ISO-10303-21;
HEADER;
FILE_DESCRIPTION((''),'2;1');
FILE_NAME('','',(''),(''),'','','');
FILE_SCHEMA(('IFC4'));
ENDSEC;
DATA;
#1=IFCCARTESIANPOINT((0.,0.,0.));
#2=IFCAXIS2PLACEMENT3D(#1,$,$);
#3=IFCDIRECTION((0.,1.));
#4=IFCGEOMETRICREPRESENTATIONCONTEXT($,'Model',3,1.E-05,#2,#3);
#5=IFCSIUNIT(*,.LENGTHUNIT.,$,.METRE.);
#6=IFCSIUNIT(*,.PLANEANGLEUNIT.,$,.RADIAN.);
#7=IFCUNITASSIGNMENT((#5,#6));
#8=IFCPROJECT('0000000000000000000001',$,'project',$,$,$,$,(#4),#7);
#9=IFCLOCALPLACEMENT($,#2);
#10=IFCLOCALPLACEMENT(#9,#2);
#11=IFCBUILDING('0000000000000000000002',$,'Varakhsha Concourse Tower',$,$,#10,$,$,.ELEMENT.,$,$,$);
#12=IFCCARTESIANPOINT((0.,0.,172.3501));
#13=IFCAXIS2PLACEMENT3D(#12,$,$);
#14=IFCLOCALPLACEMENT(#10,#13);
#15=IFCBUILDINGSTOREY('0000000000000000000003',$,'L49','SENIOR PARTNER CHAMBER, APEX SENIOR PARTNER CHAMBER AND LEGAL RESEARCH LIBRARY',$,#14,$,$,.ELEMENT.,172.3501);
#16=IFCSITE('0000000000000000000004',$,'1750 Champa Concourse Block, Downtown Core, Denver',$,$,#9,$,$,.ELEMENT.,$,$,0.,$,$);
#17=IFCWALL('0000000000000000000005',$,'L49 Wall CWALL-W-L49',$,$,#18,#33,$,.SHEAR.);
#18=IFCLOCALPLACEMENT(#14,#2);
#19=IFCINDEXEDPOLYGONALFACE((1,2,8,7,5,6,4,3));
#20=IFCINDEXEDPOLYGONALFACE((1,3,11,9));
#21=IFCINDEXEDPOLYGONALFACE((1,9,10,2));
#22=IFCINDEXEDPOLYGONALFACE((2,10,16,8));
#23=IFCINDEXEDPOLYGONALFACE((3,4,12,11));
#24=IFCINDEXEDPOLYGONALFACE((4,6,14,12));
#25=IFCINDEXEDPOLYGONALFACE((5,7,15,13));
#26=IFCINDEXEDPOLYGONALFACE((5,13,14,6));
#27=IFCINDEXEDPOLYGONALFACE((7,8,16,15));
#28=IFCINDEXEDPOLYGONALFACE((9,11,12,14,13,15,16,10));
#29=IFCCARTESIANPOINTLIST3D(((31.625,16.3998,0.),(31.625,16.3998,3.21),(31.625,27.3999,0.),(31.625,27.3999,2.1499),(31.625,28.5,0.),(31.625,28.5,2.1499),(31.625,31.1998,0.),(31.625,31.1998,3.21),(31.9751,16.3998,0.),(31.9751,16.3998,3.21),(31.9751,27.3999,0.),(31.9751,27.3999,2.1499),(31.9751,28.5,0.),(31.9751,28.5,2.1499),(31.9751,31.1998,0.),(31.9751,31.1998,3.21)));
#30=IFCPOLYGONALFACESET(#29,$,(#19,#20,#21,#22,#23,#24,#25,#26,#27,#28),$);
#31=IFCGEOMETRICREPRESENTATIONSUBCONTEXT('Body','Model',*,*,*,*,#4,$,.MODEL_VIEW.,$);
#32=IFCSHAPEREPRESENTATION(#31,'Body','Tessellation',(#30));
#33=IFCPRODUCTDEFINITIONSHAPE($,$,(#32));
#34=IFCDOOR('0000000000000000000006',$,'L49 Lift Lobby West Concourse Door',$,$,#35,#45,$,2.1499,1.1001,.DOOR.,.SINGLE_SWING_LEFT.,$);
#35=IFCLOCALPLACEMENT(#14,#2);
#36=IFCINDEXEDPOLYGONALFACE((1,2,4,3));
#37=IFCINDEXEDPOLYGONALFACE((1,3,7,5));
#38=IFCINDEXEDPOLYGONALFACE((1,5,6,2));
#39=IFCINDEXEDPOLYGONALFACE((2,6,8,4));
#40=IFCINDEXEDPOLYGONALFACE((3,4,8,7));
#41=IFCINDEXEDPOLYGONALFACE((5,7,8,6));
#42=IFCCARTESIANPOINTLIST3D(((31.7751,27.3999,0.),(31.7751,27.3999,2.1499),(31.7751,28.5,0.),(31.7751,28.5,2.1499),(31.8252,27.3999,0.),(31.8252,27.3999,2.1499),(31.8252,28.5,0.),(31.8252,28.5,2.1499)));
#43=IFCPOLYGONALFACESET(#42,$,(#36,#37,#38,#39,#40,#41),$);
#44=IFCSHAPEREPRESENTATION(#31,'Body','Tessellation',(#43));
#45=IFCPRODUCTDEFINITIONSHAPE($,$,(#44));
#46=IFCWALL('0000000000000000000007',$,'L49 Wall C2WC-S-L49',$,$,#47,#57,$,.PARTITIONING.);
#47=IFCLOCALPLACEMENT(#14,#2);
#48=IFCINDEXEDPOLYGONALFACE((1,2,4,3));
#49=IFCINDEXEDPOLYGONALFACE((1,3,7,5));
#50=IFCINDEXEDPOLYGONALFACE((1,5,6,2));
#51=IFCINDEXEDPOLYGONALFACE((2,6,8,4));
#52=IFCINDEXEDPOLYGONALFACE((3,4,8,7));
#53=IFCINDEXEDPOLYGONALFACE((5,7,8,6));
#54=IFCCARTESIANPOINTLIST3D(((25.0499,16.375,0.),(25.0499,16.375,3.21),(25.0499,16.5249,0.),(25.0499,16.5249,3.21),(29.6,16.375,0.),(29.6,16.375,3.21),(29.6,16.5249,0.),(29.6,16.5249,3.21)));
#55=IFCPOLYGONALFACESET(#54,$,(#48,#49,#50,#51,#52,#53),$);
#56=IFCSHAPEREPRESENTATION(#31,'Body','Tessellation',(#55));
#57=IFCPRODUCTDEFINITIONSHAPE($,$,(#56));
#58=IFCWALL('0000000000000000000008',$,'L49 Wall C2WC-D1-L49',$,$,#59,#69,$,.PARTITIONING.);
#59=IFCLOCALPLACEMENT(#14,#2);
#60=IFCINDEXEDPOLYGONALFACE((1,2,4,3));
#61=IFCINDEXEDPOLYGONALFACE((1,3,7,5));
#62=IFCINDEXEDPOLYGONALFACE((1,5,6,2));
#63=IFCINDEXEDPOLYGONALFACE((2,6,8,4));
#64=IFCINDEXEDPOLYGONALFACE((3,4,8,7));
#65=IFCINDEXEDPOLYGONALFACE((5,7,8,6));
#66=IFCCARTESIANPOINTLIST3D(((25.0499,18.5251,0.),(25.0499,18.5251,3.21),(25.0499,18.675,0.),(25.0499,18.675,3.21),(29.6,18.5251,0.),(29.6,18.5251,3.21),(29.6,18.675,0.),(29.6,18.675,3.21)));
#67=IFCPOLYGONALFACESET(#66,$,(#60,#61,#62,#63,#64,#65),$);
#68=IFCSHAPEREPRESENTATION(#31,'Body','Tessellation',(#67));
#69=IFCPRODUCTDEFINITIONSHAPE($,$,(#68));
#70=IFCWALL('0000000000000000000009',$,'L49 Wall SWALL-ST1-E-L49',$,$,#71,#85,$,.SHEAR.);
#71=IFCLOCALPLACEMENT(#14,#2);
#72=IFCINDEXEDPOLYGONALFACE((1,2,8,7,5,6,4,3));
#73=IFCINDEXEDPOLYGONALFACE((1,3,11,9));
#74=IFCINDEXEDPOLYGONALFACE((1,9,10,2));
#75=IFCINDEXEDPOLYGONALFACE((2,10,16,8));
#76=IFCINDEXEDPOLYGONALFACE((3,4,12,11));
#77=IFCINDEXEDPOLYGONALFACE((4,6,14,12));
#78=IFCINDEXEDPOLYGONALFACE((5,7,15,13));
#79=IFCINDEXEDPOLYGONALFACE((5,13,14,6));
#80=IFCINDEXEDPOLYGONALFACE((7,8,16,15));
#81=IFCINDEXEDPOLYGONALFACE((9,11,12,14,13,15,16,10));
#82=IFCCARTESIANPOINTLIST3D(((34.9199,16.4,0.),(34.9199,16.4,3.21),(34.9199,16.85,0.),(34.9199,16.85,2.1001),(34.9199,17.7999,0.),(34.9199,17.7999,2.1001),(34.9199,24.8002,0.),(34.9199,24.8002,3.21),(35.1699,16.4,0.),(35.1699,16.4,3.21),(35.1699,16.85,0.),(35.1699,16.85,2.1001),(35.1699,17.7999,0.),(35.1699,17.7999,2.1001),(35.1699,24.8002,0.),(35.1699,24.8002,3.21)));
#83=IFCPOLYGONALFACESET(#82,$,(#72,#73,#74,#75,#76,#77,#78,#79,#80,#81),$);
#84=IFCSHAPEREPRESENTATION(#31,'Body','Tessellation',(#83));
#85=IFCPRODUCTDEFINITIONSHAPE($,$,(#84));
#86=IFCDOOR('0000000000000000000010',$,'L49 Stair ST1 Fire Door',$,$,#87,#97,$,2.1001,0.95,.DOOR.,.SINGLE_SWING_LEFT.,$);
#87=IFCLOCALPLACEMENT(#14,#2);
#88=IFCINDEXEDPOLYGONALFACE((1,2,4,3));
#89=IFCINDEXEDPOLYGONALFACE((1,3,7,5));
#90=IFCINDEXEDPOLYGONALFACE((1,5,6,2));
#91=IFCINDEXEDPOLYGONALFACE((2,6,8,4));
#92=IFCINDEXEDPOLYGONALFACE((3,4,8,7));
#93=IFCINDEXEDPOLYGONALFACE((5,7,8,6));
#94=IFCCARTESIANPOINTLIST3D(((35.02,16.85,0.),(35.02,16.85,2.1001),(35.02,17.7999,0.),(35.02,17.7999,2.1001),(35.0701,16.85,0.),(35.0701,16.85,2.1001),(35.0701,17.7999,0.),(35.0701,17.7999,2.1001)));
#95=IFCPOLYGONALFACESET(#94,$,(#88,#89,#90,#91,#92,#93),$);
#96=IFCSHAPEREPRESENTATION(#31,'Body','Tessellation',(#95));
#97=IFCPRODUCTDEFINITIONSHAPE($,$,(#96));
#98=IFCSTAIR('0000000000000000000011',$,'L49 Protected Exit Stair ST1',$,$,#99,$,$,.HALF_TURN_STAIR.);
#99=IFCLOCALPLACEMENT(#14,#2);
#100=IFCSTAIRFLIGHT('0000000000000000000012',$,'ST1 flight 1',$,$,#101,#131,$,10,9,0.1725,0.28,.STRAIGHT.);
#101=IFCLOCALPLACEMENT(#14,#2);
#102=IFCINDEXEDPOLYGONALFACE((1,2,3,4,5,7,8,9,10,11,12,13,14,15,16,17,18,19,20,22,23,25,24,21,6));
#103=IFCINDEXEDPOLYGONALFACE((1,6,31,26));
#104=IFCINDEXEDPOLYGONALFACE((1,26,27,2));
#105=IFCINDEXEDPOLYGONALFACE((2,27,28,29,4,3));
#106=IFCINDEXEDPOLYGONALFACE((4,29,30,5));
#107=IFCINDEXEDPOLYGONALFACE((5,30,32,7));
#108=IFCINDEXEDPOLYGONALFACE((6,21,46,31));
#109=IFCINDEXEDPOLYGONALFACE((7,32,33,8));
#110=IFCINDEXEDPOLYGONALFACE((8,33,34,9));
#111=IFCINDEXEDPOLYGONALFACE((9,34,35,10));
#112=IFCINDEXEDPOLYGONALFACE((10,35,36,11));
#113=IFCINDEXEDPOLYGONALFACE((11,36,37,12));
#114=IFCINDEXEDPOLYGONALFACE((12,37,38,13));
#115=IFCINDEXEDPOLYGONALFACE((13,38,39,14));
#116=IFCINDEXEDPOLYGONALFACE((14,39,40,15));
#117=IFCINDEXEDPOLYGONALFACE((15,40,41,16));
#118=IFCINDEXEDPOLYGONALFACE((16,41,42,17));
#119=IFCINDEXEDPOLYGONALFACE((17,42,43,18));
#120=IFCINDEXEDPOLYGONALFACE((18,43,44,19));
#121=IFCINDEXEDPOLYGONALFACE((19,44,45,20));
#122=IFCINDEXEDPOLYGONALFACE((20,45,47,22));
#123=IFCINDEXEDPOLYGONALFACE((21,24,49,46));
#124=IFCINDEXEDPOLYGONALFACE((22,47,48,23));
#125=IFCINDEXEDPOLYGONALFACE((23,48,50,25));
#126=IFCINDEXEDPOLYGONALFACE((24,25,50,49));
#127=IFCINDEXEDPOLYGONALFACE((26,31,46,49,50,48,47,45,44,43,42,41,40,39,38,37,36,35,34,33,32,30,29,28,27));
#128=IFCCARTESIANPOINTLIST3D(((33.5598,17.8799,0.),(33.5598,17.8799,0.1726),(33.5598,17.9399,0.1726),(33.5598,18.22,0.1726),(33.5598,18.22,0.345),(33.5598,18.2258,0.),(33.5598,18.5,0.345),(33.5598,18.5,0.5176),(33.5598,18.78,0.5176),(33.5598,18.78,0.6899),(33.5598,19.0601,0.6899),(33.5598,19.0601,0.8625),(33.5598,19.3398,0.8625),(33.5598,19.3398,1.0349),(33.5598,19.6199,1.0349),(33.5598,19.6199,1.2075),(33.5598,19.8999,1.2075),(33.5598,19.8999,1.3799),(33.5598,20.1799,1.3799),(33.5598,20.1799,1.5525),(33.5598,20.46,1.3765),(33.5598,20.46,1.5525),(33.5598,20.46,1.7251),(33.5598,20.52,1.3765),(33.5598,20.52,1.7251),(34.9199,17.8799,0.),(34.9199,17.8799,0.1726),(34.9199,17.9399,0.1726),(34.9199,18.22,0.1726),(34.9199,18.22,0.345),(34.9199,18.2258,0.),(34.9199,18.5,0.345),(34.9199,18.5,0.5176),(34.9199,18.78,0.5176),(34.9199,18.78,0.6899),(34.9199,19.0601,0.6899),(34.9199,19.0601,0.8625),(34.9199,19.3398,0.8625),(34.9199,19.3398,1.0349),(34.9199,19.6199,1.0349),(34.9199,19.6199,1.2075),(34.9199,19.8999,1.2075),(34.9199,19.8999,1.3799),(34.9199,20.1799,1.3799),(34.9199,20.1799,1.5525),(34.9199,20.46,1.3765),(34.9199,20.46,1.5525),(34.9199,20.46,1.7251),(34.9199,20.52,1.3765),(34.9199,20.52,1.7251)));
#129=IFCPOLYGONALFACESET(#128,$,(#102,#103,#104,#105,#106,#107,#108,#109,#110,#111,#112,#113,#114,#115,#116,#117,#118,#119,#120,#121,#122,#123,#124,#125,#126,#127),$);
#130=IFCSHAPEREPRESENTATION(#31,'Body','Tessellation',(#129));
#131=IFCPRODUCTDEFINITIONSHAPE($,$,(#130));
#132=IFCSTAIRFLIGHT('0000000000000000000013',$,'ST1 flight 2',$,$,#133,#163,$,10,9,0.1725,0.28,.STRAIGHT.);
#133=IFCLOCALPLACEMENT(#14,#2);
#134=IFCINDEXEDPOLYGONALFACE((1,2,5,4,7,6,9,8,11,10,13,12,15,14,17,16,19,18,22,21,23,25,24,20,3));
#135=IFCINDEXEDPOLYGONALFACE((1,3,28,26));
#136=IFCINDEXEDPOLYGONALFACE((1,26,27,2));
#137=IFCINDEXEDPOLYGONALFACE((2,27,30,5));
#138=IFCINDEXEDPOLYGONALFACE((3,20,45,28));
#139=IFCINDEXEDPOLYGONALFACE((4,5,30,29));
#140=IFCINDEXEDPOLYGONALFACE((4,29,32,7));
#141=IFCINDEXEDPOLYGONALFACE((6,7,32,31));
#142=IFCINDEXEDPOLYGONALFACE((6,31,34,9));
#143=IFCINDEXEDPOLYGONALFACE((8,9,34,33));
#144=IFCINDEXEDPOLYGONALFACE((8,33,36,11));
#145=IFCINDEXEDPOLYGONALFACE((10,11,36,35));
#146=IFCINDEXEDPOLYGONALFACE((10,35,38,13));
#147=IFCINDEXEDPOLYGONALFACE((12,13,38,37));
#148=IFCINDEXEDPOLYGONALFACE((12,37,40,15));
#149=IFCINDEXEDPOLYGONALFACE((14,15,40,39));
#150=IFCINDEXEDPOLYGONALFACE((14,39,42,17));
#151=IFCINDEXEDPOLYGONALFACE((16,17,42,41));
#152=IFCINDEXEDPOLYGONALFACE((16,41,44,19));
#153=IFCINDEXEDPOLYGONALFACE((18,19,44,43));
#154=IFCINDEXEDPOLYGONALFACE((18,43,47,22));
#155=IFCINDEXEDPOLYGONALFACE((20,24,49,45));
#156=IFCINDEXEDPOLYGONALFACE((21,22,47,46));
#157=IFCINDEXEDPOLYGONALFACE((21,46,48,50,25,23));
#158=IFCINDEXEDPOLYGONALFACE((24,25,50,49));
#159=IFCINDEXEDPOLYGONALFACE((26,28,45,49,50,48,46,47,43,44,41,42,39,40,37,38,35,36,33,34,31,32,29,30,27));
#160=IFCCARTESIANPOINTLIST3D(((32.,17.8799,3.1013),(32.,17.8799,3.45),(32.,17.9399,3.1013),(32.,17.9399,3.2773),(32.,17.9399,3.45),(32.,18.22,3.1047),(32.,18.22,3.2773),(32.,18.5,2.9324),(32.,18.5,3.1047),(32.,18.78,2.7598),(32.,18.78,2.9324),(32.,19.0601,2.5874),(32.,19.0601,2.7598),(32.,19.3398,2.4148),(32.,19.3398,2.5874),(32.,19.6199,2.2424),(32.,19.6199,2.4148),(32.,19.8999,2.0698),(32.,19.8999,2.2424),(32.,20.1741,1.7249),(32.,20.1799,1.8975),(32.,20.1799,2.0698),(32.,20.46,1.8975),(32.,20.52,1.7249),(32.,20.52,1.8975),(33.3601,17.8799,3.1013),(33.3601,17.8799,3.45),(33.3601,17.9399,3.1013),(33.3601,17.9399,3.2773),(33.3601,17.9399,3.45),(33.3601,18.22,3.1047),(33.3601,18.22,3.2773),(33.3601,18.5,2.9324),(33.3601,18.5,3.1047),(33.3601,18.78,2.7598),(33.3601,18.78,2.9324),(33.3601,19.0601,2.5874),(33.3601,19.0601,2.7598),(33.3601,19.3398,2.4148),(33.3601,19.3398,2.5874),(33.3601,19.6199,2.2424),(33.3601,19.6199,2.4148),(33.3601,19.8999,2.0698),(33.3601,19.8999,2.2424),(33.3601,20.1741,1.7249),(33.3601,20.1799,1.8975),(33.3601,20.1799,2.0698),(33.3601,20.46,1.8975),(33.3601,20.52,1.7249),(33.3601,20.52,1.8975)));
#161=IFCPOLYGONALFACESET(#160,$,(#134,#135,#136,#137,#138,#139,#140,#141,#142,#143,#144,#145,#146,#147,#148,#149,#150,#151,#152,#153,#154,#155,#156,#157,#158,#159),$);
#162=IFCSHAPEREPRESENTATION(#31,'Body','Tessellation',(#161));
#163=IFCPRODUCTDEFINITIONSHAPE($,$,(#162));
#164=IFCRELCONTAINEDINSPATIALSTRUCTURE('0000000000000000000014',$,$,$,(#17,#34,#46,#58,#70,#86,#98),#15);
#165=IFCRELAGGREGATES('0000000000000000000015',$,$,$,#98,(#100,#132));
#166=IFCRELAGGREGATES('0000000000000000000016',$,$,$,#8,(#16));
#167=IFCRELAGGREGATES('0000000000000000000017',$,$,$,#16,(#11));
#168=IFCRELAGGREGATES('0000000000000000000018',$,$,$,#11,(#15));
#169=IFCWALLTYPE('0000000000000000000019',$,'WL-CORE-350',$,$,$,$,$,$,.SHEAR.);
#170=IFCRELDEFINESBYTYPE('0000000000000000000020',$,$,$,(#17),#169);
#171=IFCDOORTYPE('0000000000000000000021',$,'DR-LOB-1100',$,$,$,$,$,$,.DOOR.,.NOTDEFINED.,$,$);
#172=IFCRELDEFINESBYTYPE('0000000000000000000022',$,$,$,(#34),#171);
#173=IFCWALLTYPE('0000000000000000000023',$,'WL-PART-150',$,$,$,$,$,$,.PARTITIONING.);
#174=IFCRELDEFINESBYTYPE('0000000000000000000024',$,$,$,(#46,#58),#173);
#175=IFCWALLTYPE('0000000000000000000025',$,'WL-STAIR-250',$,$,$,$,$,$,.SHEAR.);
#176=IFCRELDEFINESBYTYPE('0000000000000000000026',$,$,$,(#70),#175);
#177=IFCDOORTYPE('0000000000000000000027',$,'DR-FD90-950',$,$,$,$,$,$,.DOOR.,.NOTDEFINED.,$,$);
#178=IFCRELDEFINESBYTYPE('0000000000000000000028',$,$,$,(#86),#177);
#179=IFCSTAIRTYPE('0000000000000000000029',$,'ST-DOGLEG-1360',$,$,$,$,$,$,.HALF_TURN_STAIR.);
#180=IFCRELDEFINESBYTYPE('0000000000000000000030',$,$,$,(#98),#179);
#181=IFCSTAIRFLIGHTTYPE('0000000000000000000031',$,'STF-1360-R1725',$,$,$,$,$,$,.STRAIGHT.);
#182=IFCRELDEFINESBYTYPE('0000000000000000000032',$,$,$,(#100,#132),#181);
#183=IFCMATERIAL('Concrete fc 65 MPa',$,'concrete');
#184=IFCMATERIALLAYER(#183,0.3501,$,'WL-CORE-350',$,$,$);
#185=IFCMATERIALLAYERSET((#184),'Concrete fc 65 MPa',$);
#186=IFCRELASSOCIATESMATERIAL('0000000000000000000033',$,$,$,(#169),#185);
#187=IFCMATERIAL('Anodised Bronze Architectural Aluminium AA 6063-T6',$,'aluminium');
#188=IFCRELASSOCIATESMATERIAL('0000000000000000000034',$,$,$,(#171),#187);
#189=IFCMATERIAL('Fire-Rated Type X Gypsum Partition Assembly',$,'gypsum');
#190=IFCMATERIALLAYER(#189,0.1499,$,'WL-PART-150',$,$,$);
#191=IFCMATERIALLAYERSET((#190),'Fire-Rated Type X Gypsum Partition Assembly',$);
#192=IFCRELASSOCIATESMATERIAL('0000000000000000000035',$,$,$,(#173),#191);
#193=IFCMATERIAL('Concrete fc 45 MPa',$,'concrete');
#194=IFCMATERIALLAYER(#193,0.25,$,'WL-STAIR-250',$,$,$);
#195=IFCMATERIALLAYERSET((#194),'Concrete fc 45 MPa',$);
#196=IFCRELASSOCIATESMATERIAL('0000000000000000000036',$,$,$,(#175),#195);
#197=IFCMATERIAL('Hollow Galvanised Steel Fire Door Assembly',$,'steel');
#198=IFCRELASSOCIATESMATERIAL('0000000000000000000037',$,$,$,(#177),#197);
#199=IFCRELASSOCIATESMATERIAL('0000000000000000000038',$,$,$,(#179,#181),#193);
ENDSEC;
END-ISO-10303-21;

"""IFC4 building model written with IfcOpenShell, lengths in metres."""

from ifc_helpers import new_model, si_unit, direction, frame, frame_2d, origin, place, context, subcontext, project, spatial, polyline, rectangle, outline, extrude, material, layer, layer_set, type_object, element, fill, aggregate, save


model = new_model("IFC4")

# Units and contexts
model_context = context("Model", 3, precision=1e-05, world=origin(), true_north=direction((0.0, 1.0)))
body_context = subcontext(model_context, "Body", "Model", "MODEL_VIEW")
ifc_project = project(units=[si_unit("LENGTHUNIT", "METRE"), si_unit("PLANEANGLEUNIT", "RADIAN")], contexts=[model_context])

# Site, building, storey
site_placement = place(None, origin())
site = spatial("IfcSite", under=ifc_project, at=site_placement, Name="1750 Champa Concourse Block, Downtown Core, Denver", CompositionType="ELEMENT", RefElevation=0.0)
building_placement = place(site_placement, origin())
building = spatial("IfcBuilding", under=site, at=building_placement, Name="Varakhsha Concourse Tower", CompositionType="ELEMENT")
storey_placement = place(building_placement, frame((0.0, 0.0, 172.3501)))
storey = spatial("IfcBuildingStorey", under=building, at=storey_placement, Name="L49", Description="SENIOR PARTNER CHAMBER, APEX SENIOR PARTNER CHAMBER AND LEGAL RESEARCH LIBRARY", CompositionType="ELEMENT", Elevation=172.3501)

# Shared definitions
ifc_material_1 = material(Name="Concrete fc 65 MPa", Category="concrete")

# Shared definitions
ifc_layer_1 = layer(ifc_material_1, 0.3501, Name="WL-CORE-350")
ifc_layer_set_1 = layer_set([ifc_layer_1], Name="Concrete fc 65 MPa")
wall_type_1 = type_object("IfcWallType", Name="WL-CORE-350", PredefinedType="SHEAR", material=ifc_layer_set_1)
ifc_material_2 = material(Name="Hollow Galvanised Steel Fire Door Assembly", Category="steel")

# Wall, opening, door
wall_1_placement = place(storey_placement, frame((31.8, 16.3999, 0.0), z_axis=(0.0, 0.0, 1.0), x_axis=(0.0, 1.0, 0.0)))
wall_1 = element("IfcWall", 1, at=wall_1_placement, inside=storey, type_object=wall_type_1, Name="L49 Wall CWALL-W-L49", PredefinedType="SHEAR", context=body_context, shape_type="SweptSolid", body=[
    extrude(rectangle(XDim=14.8, YDim=0.3501, at=frame_2d((7.3999, 0.0))), origin(), (0.0, 0.0, 1.0), 3.21),
])
opening_1_placement = place(wall_1_placement, frame((11.0, 0.0, 0.0)))
opening_1 = element("IfcOpeningElement", 2, at=opening_1_placement, cuts=wall_1, PredefinedType="OPENING", context=body_context, shape_type="SweptSolid", body=[
    extrude(rectangle(XDim=1.1001, YDim=2.1499, at=frame_2d((0.55, 1.075))), frame((0.0, 0.1851, 0.0), z_axis=(0.0, -1.0, 0.0), x_axis=(1.0, 0.0, 0.0)), (0.0, 0.0, 1.0), 0.3701),
])
ifc_material_3 = material(Name="Anodised Bronze Architectural Aluminium AA 6063-T6", Category="aluminium")
door_type_1 = type_object("IfcDoorType", Name="DR-LOB-1100", OperationType="NOTDEFINED", PredefinedType="DOOR", material=ifc_material_3)
door_1_placement = place(opening_1_placement, origin())
door_1 = element("IfcDoor", 3, at=door_1_placement, inside=storey, type_object=door_type_1, Name="L49 Lift Lobby West Concourse Door", OperationType="SINGLE_SWING_LEFT", OverallHeight=2.1499, OverallWidth=1.1001, PredefinedType="DOOR", context=body_context, shape_type="SweptSolid", body=[
    extrude(rectangle(XDim=1.1001, YDim=2.1499, at=frame_2d((0.55, 1.075))), frame((0.0, 0.0249, 0.0), z_axis=(0.0, -1.0, 0.0), x_axis=(1.0, 0.0, 0.0)), (0.0, 0.0, 1.0), 0.05),
])
fill(opening_1, door_1)

# Walls
ifc_material_4 = material(Name="Fire-Rated Type X Gypsum Partition Assembly", Category="gypsum")
ifc_layer_2 = layer(ifc_material_4, 0.1499, Name="WL-PART-150")
ifc_layer_set_2 = layer_set([ifc_layer_2], Name="Fire-Rated Type X Gypsum Partition Assembly")
wall_type_2 = type_object("IfcWallType", Name="WL-PART-150", PredefinedType="PARTITIONING", material=ifc_layer_set_2)
for number, where, z_axis, x_axis, name in (
    (4, (25.05, 16.45, 0.0), (0.0, 0.0, 1.0), (1.0, 0.0, 0.0), "L49 Wall C2WC-S-L49"),
    (5, (25.05, 18.6001, 0.0), (0.0, 0.0, 1.0), (1.0, 0.0, 0.0), "L49 Wall C2WC-D1-L49"),
):
    element("IfcWall", number, at=place(storey_placement, frame(where, z_axis=z_axis, x_axis=x_axis)), inside=storey, type_object=wall_type_2, Name=name, PredefinedType="PARTITIONING", context=body_context, shape_type="SweptSolid", body=[
        extrude(rectangle(XDim=4.55, YDim=0.1499, at=frame_2d((2.2749, 0.0))), origin(), (0.0, 0.0, 1.0), 3.21),
    ])

# Wall, opening, door
ifc_material_5 = material(Name="Concrete fc 45 MPa", Category="concrete")
ifc_layer_3 = layer(ifc_material_5, 0.25, Name="WL-STAIR-250")
ifc_layer_set_3 = layer_set([ifc_layer_3], Name="Concrete fc 45 MPa")
wall_type_3 = type_object("IfcWallType", Name="WL-STAIR-250", PredefinedType="SHEAR", material=ifc_layer_set_3)
wall_2_placement = place(storey_placement, frame((35.0449, 16.3999, 0.0), z_axis=(0.0, 0.0, 1.0), x_axis=(0.0, 1.0, 0.0)))
wall_2 = element("IfcWall", 6, at=wall_2_placement, inside=storey, type_object=wall_type_3, Name="L49 Wall SWALL-ST1-E-L49", PredefinedType="SHEAR", context=body_context, shape_type="SweptSolid", body=[
    extrude(rectangle(XDim=8.4001, YDim=0.25, at=frame_2d((4.2002, 0.0))), origin(), (0.0, 0.0, 1.0), 3.21),
])
opening_2_placement = place(wall_2_placement, frame((0.45, 0.0, 0.0)))
opening_2 = element("IfcOpeningElement", 7, at=opening_2_placement, cuts=wall_2, PredefinedType="OPENING", context=body_context, shape_type="SweptSolid", body=[
    extrude(rectangle(XDim=0.95, YDim=2.1001, at=frame_2d((0.4751, 1.05))), frame((0.0, 0.135, 0.0), z_axis=(0.0, -1.0, 0.0), x_axis=(1.0, 0.0, 0.0)), (0.0, 0.0, 1.0), 0.27),
])
door_type_2 = type_object("IfcDoorType", Name="DR-FD90-950", OperationType="NOTDEFINED", PredefinedType="DOOR", material=ifc_material_2)
door_2_placement = place(opening_2_placement, origin())
door_2 = element("IfcDoor", 8, at=door_2_placement, inside=storey, type_object=door_type_2, Name="L49 Stair ST1 Fire Door", OperationType="SINGLE_SWING_LEFT", OverallHeight=2.1001, OverallWidth=0.95, PredefinedType="DOOR", context=body_context, shape_type="SweptSolid", body=[
    extrude(rectangle(XDim=0.95, YDim=2.1001, at=frame_2d((0.4751, 1.05))), frame((0.0, 0.0249, 0.0), z_axis=(0.0, -1.0, 0.0), x_axis=(1.0, 0.0, 0.0)), (0.0, 0.0, 1.0), 0.05),
])
fill(opening_2, door_2)

# Stair, stair flights
stair_type = type_object("IfcStairType", Name="ST-DOGLEG-1360", PredefinedType="HALF_TURN_STAIR", material=ifc_material_5)
stair_placement = place(storey_placement, origin())
stair = element("IfcStair", 9, at=stair_placement, inside=storey, type_object=stair_type, Name="L49 Protected Exit Stair ST1", PredefinedType="HALF_TURN_STAIR")
stair_flight_type = type_object("IfcStairFlightType", Name="STF-1360-R1725", PredefinedType="STRAIGHT", material=ifc_material_5)
stair_flight_1_placement = place(storey_placement, frame((34.24, 17.9399, 0.0), z_axis=(0.0, 0.0, 1.0), x_axis=(0.0, 1.0, 0.0)))
stair_flight_1 = element("IfcStairFlight", 10, at=stair_flight_1_placement, type_object=stair_flight_type, Name="ST1 flight 1", NumberOfRisers=10, NumberOfTreads=9, PredefinedType="STRAIGHT", RiserHeight=0.1725, TreadLength=0.28, context=body_context, shape_type="SweptSolid", body=[
    extrude(outline(polyline([(-0.0601, 0.0), (-0.0601, 0.1726), (0.0, 0.1726), (0.28, 0.1726), (0.28, 0.345), (0.5601, 0.345), (0.5601, 0.5176), (0.8401, 0.5176), (0.8401, 0.6899), (1.1201, 0.6899), (1.1201, 0.8625), (1.3999, 0.8625), (1.3999, 1.0349), (1.6799, 1.0349), (1.6799, 1.2075), (1.96, 1.2075), (1.96, 1.3799), (2.24, 1.3799), (2.24, 1.5525), (2.52, 1.5525), (2.52, 1.7251), (2.5801, 1.7251), (2.5801, 1.3765), (2.52, 1.3765), (0.2859, 0.0), (-0.0601, 0.0)])), frame((0.0, 0.6802, 0.0), z_axis=(0.0, -1.0, 0.0), x_axis=(1.0, 0.0, 0.0)), (0.0, 0.0, 1.0), 1.3601),
])
stair_flight_2_placement = place(storey_placement, frame((32.6799, 20.46, 1.7249), z_axis=(0.0, 0.0, 1.0), x_axis=(0.0, -1.0, 0.0)))
stair_flight_2 = element("IfcStairFlight", 11, at=stair_flight_2_placement, type_object=stair_flight_type, Name="ST1 flight 2", NumberOfRisers=10, NumberOfTreads=9, PredefinedType="STRAIGHT", RiserHeight=0.1725, TreadLength=0.28, context=body_context, shape_type="SweptSolid", body=[
    extrude(outline(polyline([(-0.0601, 0.0), (-0.0601, 0.1726), (0.0, 0.1726), (0.28, 0.1726), (0.28, 0.345), (0.5601, 0.345), (0.5601, 0.5176), (0.8401, 0.5176), (0.8401, 0.6899), (1.1201, 0.6899), (1.1201, 0.8625), (1.3999, 0.8625), (1.3999, 1.0349), (1.6799, 1.0349), (1.6799, 1.2075), (1.96, 1.2075), (1.96, 1.3799), (2.24, 1.3799), (2.24, 1.5525), (2.52, 1.5525), (2.52, 1.7251), (2.5801, 1.7251), (2.5801, 1.3765), (2.52, 1.3765), (0.2859, 0.0), (-0.0601, 0.0)])), frame((0.0, 0.6802, 0.0), z_axis=(0.0, -1.0, 0.0), x_axis=(1.0, 0.0, 0.0)), (0.0, 0.0, 1.0), 1.3601),
])
aggregate(stair, [stair_flight_1, stair_flight_2])

save(model, "model.ifc")
